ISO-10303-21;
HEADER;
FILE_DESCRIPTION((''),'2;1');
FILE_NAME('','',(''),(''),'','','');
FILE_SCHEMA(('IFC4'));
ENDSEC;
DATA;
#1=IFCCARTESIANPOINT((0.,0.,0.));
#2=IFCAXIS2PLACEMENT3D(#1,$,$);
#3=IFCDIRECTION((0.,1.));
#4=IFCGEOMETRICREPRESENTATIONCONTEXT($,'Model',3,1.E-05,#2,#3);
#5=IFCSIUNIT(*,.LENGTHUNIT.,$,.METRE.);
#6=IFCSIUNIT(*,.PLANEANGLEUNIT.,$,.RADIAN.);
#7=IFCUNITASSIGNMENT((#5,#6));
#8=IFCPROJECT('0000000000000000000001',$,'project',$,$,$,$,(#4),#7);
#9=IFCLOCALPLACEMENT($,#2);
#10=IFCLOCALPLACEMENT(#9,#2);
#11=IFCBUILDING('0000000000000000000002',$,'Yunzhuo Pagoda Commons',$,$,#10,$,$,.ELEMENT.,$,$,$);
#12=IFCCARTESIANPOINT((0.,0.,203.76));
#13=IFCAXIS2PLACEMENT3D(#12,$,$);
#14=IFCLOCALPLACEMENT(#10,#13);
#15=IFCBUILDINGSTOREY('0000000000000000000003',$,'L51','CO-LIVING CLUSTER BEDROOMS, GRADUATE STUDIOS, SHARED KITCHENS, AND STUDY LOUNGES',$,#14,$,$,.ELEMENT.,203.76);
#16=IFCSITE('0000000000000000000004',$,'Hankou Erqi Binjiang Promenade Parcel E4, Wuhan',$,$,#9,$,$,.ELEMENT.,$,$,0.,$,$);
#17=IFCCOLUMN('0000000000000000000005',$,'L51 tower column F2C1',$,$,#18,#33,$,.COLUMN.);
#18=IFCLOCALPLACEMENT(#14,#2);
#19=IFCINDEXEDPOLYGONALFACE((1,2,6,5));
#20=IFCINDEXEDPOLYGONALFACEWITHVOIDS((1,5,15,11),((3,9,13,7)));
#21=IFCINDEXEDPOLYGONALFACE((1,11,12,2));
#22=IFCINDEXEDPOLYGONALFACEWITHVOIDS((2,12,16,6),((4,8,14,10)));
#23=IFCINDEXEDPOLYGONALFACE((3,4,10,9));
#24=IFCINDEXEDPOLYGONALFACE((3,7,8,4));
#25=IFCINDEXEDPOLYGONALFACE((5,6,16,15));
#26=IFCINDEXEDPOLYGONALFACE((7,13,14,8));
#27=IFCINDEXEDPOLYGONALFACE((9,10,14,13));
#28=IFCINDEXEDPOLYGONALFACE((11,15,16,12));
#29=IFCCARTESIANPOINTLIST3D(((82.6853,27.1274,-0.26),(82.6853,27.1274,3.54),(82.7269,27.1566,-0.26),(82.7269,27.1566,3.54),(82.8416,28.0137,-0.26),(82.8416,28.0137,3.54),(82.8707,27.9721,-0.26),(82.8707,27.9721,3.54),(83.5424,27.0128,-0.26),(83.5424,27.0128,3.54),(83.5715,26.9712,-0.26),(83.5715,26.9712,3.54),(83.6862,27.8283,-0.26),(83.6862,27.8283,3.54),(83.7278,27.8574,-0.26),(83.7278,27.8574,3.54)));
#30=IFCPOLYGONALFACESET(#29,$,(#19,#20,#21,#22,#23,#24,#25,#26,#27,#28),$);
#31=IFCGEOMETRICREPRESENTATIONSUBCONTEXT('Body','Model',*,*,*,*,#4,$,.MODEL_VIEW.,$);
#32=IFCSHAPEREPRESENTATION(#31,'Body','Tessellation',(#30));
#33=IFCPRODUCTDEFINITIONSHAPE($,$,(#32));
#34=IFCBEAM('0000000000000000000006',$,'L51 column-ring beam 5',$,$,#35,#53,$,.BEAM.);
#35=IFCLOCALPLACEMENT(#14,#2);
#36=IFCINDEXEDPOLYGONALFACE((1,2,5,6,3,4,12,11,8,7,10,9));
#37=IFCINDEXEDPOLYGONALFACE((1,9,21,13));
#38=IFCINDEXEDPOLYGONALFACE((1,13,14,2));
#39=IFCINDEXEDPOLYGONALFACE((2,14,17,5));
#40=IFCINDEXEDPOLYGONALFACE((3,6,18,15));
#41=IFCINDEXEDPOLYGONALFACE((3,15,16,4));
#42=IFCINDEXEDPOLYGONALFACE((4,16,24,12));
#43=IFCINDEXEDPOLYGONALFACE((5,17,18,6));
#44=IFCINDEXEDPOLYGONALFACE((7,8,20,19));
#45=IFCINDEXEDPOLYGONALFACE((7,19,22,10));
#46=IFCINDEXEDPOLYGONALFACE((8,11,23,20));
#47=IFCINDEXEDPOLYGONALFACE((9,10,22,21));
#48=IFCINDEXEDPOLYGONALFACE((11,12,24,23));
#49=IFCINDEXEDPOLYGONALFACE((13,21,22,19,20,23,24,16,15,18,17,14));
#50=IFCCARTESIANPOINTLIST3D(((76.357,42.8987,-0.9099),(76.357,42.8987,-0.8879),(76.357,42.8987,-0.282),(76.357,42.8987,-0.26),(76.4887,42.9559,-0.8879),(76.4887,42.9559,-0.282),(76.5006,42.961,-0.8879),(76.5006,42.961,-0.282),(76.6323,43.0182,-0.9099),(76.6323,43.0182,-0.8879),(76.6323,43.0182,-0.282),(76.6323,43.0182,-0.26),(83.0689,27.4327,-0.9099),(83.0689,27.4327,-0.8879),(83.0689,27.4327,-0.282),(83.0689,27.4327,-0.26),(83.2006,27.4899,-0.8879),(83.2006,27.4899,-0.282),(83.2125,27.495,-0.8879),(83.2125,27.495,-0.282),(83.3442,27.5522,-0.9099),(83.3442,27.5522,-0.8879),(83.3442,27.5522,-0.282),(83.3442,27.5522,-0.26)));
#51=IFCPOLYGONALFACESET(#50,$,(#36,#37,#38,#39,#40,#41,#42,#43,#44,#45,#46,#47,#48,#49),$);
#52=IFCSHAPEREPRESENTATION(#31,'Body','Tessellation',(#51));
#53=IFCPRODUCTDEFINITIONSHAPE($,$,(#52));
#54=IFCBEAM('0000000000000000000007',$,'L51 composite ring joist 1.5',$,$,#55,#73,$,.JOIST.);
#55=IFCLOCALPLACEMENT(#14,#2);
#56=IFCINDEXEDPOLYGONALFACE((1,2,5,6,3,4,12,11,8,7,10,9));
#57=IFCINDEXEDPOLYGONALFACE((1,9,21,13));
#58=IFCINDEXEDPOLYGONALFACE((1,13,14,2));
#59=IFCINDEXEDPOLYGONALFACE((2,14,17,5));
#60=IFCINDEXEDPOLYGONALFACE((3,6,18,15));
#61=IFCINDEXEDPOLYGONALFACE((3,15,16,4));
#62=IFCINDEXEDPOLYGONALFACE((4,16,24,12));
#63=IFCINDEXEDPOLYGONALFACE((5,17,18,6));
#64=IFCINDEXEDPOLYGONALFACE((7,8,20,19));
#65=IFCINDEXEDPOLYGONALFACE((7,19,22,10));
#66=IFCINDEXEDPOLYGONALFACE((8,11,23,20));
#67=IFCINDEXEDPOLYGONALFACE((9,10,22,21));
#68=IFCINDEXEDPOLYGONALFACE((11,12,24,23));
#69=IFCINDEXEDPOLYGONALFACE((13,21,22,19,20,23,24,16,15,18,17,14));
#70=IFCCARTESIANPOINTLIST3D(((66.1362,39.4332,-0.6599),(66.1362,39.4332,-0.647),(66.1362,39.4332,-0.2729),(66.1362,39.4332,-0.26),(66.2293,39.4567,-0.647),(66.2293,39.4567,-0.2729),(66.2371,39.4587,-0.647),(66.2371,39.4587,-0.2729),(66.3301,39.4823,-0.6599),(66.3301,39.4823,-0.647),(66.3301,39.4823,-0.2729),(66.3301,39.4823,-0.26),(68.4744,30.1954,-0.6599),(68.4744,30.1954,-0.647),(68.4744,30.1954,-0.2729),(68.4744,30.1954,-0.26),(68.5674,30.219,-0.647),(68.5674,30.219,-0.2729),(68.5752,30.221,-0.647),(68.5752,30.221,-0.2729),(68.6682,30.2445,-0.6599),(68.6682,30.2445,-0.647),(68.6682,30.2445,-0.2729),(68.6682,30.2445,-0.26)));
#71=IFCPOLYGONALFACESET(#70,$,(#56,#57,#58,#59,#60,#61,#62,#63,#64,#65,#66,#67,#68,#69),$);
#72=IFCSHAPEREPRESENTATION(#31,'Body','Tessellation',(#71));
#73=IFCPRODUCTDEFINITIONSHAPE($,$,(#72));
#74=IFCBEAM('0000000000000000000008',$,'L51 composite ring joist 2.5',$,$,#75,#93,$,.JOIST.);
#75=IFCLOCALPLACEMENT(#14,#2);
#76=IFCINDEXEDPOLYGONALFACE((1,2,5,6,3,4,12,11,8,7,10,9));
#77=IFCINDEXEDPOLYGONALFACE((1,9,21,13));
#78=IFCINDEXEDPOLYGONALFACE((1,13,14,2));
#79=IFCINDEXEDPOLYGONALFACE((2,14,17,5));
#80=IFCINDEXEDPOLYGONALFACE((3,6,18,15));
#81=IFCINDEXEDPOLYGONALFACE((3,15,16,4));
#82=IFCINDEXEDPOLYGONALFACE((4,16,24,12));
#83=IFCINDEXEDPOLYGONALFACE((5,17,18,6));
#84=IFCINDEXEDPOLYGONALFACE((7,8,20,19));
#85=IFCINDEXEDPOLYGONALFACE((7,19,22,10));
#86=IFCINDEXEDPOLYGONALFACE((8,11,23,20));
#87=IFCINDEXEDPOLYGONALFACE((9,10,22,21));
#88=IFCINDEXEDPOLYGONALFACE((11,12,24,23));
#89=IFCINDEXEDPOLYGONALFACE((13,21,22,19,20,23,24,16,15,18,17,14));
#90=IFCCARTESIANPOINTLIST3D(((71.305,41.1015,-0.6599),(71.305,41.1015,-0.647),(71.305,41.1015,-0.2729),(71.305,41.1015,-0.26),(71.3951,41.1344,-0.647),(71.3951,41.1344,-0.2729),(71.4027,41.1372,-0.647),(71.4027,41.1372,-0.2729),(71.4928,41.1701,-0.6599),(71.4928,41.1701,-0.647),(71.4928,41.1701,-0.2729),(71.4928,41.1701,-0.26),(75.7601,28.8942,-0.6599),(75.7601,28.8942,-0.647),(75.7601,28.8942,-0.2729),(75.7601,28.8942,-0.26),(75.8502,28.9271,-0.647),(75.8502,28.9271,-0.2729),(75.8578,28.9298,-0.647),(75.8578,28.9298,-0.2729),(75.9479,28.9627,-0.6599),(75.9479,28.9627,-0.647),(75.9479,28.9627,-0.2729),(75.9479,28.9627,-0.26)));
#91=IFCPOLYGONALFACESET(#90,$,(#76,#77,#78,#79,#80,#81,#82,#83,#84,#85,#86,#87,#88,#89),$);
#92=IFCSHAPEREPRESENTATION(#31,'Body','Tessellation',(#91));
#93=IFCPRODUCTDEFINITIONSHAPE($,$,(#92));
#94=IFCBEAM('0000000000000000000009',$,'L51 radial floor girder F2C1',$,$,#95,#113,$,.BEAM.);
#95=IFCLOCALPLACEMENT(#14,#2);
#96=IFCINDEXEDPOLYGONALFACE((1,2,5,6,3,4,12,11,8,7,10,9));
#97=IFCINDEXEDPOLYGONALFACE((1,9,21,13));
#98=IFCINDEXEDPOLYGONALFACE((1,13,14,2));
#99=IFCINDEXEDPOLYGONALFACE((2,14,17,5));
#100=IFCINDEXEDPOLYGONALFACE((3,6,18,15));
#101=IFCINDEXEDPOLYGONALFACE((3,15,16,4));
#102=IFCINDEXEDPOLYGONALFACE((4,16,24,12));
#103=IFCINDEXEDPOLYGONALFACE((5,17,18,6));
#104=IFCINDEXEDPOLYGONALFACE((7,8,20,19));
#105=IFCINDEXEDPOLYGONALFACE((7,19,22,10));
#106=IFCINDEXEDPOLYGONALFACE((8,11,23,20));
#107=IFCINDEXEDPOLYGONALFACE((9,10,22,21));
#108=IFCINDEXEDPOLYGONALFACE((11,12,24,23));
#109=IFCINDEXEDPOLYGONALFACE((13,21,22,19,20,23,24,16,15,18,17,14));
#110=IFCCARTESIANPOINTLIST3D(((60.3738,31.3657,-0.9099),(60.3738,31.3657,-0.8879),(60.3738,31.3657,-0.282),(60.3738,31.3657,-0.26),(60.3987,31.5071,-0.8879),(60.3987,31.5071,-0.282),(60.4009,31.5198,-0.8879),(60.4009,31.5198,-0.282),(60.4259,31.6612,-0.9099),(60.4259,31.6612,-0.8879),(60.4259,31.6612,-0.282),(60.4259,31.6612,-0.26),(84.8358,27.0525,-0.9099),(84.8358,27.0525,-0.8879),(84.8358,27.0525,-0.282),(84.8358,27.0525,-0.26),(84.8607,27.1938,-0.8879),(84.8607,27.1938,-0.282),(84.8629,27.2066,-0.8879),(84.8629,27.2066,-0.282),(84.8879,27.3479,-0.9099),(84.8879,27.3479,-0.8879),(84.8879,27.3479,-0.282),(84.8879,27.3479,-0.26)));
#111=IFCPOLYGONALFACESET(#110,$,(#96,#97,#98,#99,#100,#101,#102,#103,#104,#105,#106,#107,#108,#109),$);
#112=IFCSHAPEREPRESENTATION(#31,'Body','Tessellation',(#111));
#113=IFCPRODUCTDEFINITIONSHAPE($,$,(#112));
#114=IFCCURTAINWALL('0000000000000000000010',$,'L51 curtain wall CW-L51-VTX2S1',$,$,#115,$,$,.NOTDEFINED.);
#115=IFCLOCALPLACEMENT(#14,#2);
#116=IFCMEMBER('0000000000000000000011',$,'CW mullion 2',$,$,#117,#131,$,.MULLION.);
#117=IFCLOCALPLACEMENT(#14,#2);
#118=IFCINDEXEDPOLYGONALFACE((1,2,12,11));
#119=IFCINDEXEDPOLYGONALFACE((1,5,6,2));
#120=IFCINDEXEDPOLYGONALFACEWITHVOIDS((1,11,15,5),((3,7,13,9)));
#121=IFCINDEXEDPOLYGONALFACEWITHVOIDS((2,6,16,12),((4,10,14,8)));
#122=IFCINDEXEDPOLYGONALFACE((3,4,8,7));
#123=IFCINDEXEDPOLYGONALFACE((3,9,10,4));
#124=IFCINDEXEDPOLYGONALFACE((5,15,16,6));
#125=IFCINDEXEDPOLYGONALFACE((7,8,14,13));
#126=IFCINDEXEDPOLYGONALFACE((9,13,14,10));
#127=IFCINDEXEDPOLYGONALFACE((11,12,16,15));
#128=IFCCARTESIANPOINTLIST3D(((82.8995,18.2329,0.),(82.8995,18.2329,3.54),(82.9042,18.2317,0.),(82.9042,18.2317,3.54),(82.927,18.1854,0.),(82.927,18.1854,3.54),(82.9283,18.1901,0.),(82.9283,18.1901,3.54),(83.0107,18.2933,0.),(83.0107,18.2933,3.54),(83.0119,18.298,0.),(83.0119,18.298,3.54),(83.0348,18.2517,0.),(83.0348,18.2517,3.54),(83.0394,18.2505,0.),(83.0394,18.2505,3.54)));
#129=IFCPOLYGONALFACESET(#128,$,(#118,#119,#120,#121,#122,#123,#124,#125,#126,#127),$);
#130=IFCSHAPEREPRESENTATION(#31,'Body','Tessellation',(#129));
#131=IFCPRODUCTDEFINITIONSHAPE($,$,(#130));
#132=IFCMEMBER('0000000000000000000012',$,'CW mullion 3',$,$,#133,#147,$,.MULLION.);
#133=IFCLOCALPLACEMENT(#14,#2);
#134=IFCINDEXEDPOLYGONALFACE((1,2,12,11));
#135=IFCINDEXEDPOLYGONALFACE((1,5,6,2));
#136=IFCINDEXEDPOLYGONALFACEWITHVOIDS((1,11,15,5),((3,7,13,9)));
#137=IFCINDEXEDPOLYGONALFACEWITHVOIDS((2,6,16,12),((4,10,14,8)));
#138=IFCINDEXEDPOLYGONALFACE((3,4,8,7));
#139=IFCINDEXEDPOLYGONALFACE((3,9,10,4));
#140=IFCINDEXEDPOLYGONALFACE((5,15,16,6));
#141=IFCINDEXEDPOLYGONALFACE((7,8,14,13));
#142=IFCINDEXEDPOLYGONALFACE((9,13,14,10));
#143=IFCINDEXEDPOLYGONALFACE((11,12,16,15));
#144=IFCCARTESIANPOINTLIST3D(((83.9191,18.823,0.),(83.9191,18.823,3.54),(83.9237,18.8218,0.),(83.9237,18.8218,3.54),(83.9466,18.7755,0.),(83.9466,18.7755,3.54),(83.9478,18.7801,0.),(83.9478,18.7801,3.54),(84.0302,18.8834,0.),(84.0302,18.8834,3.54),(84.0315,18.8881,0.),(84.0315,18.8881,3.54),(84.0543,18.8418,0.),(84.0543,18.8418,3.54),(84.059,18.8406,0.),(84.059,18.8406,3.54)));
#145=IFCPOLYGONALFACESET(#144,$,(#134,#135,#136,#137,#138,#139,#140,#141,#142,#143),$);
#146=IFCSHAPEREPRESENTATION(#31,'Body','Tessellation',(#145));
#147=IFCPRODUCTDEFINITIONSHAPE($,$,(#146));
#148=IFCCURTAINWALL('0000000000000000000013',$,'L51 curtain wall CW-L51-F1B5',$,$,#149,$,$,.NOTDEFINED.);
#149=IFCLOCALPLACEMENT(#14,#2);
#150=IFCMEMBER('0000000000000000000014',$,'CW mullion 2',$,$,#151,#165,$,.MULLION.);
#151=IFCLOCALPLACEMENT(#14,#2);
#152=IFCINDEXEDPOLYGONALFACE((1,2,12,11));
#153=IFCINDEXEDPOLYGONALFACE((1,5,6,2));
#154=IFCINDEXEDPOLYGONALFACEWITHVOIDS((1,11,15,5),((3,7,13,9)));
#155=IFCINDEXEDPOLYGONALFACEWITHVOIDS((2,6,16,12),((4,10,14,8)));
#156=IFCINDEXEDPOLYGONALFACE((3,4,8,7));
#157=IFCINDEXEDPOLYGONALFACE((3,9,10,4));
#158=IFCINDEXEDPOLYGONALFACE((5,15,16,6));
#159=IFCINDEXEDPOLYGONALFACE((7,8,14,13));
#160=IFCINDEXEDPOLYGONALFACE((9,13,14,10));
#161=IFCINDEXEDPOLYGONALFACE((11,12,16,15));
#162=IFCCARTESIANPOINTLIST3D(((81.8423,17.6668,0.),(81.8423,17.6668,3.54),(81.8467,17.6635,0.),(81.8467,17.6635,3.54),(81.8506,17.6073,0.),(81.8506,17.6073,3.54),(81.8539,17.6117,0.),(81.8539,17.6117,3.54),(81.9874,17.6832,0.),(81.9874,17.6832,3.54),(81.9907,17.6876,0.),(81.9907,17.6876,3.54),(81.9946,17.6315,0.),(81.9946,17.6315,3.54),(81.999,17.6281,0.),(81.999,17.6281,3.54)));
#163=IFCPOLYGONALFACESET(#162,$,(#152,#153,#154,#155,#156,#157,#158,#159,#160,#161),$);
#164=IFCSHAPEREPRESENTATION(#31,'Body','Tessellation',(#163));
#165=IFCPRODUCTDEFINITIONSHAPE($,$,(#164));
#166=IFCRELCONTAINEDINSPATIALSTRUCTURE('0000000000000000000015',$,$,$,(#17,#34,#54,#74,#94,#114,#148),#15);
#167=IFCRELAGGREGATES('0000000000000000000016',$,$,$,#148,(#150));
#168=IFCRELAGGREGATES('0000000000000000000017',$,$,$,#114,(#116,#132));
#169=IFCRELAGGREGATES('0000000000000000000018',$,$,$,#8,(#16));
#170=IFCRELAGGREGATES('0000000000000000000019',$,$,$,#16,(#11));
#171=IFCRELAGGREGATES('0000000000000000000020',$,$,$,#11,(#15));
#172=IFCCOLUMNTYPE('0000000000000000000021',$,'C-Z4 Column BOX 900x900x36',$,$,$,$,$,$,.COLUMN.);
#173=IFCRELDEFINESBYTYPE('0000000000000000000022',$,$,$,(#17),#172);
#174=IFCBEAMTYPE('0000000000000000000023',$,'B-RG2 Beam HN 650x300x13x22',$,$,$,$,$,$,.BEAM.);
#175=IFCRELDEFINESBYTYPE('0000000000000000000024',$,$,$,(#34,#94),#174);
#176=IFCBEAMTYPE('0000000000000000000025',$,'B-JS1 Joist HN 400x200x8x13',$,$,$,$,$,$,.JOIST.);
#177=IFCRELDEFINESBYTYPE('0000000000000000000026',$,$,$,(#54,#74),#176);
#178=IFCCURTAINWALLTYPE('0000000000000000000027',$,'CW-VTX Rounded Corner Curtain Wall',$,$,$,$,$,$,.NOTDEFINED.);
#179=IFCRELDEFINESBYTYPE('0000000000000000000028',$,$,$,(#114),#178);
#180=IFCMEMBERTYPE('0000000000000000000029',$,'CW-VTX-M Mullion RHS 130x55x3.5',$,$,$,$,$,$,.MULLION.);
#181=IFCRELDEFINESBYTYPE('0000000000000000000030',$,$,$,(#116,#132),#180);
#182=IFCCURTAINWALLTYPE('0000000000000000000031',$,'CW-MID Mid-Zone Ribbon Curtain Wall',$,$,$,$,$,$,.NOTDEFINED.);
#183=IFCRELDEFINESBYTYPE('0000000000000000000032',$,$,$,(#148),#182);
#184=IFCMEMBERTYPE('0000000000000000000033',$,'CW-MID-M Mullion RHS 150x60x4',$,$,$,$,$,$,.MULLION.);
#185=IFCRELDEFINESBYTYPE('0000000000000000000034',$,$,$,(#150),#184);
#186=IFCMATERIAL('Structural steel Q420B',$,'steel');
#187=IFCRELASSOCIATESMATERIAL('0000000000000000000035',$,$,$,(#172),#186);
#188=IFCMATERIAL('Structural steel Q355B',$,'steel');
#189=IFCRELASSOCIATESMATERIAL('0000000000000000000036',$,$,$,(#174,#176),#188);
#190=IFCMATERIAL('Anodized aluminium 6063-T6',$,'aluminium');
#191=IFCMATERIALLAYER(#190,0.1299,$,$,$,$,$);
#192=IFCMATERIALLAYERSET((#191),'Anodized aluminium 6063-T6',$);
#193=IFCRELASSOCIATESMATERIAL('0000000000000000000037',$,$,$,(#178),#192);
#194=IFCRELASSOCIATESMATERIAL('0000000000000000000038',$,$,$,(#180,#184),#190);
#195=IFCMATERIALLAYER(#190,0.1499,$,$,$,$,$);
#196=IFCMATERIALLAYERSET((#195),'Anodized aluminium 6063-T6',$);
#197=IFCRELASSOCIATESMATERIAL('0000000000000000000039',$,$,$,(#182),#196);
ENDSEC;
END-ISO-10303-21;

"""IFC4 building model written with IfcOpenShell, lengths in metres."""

from ifc_helpers import new_model, si_unit, direction, frame, origin, origin_2d, place, context, subcontext, project, spatial, hollow_rectangle, i_section, extrude, source, transform, mapped, material, layer, layer_set, material_profile, profile_set, type_object, element, aggregate, save


model = new_model("IFC4")

# Units and contexts
model_context = context("Model", 3, precision=1e-05, world=origin(), true_north=direction((0.0, 1.0)))
body_context = subcontext(model_context, "Body", "Model", "MODEL_VIEW")
ifc_project = project(units=[si_unit("LENGTHUNIT", "METRE"), si_unit("PLANEANGLEUNIT", "RADIAN")], contexts=[model_context])

# Site, building, storey
site_placement = place(None, origin())
site = spatial("IfcSite", under=ifc_project, at=site_placement, Name="Hankou Erqi Binjiang Promenade Parcel E4, Wuhan", CompositionType="ELEMENT", RefElevation=0.0)
building_placement = place(site_placement, origin())
building = spatial("IfcBuilding", under=site, at=building_placement, Name="Yunzhuo Pagoda Commons", CompositionType="ELEMENT")
storey_placement = place(building_placement, frame((0.0, 0.0, 203.76)))
storey = spatial("IfcBuildingStorey", under=building, at=storey_placement, Name="L51", Description="CO-LIVING CLUSTER BEDROOMS, GRADUATE STUDIOS, SHARED KITCHENS, AND STUDY LOUNGES", CompositionType="ELEMENT", Elevation=203.76)

# Column
ifc_material_1 = material(Name="Structural steel Q420B", Category="steel")
ifc_material_profile_1 = material_profile(ifc_material_1, hollow_rectangle(XDim=0.8999, YDim=0.8999, WallThickness=0.0359, at=origin_2d()), Name="Structural steel Q420B")
ifc_profile_set_1 = profile_set([ifc_material_profile_1], Name="Structural steel Q420B")
column_type = type_object("IfcColumnType", Name="C-Z4 Column BOX 900x900x36", PredefinedType="COLUMN", material=ifc_profile_set_1)
shared_shape_1 = source(origin(), body_context, "Body", "SweptSolid", [
    extrude(hollow_rectangle(XDim=0.8999, YDim=0.8999, WallThickness=0.0359, at=origin_2d()), origin(), (0.0, 0.0, 1.0), 3.8),
])
column_placement = place(storey_placement, frame((83.2065, 27.4924, -0.26), z_axis=(0.0, 0.0, 1.0), x_axis=(0.173648, 0.984808, 0.0)))
element("IfcColumn", 1, at=column_placement, inside=storey, type_object=column_type, Name="L51 tower column F2C1", PredefinedType="COLUMN", context=body_context, shape_type="MappedRepresentation", body=[
    mapped(shared_shape_1, transform((0.0, 0.0, 0.0), scale=1.0)),
])

# Beams
ifc_material_2 = material(Name="Structural steel Q355B", Category="steel")
ifc_material_profile_2 = material_profile(ifc_material_2, i_section(OverallWidth=0.3, OverallDepth=0.6499, WebThickness=0.0129, FlangeThickness=0.022, at=origin_2d()), Name="Structural steel Q355B")
ifc_profile_set_2 = profile_set([ifc_material_profile_2], Name="Structural steel Q355B")
beam_type_1 = type_object("IfcBeamType", Name="B-RG2 Beam HN 650x300x13x22", PredefinedType="BEAM", material=ifc_profile_set_2)
shared_shape_2 = source(origin(), body_context, "Body", "SweptSolid", [
    extrude(i_section(OverallWidth=0.3, OverallDepth=0.6499, WebThickness=0.0129, FlangeThickness=0.022, at=origin_2d()), origin(), (0.0, 0.0, 1.0), 16.8596),
])
beam_1_placement = place(storey_placement, frame((83.2065, 27.4924, -0.585), z_axis=(-0.398104, 0.91734, 0.0), x_axis=(-0.91734, -0.398104, 0.0)))
element("IfcBeam", 2, at=beam_1_placement, inside=storey, type_object=beam_type_1, Name="L51 column-ring beam 5", PredefinedType="BEAM", context=body_context, shape_type="MappedRepresentation", body=[
    mapped(shared_shape_2, transform((0.0, 0.0, 0.0), scale=1.0)),
])
ifc_material_profile_3 = material_profile(ifc_material_2, i_section(OverallWidth=0.2, OverallDepth=0.3999, WebThickness=0.0081, FlangeThickness=0.0129, at=origin_2d()), Name="Structural steel Q355B")
ifc_profile_set_3 = profile_set([ifc_material_profile_3], Name="Structural steel Q355B")
beam_type_2 = type_object("IfcBeamType", Name="B-JS1 Joist HN 400x200x8x13", PredefinedType="JOIST", material=ifc_profile_set_3)
shared_shape_3 = source(origin(), body_context, "Body", "SweptSolid", [
    extrude(i_section(OverallWidth=0.2, OverallDepth=0.3999, WebThickness=0.0081, FlangeThickness=0.0129, at=origin_2d()), origin(), (0.0, 0.0, 1.0), 9.5291),
])
beam_2_placement = place(storey_placement, frame((68.5713, 30.22, -0.46), z_axis=(-0.245368, 0.96943, 0.0), x_axis=(-0.96943, -0.245368, 0.0)))
element("IfcBeam", 3, at=beam_2_placement, inside=storey, type_object=beam_type_2, Name="L51 composite ring joist 1.5", PredefinedType="JOIST", context=body_context, shape_type="MappedRepresentation", body=[
    mapped(shared_shape_3, transform((0.0, 0.0, 0.0), scale=1.0)),
])
shared_shape_4 = source(origin(), body_context, "Body", "SweptSolid", [
    extrude(i_section(OverallWidth=0.2, OverallDepth=0.3999, WebThickness=0.0081, FlangeThickness=0.0129, at=origin_2d()), origin(), (0.0, 0.0, 1.0), 12.9949),
])
beam_3_placement = place(storey_placement, frame((75.854, 28.9285, -0.46), z_axis=(-0.342835, 0.939396, 0.0), x_axis=(-0.939396, -0.342835, 0.0)))
element("IfcBeam", 4, at=beam_3_placement, inside=storey, type_object=beam_type_2, Name="L51 composite ring joist 2.5", PredefinedType="JOIST", context=body_context, shape_type="MappedRepresentation", body=[
    mapped(shared_shape_4, transform((0.0, 0.0, 0.0), scale=1.0)),
])
shared_shape_5 = source(origin(), body_context, "Body", "SweptSolid", [
    extrude(i_section(OverallWidth=0.3, OverallDepth=0.6499, WebThickness=0.0129, FlangeThickness=0.022, at=origin_2d()), origin(), (0.0, 0.0, 1.0), 24.8394),
])
beam_4_placement = place(storey_placement, frame((84.8618, 27.2002, -0.585), z_axis=(-0.984808, 0.173646, 0.0), x_axis=(-0.173646, -0.984808, 0.0)))
element("IfcBeam", 5, at=beam_4_placement, inside=storey, type_object=beam_type_1, Name="L51 radial floor girder F2C1", PredefinedType="BEAM", context=body_context, shape_type="MappedRepresentation", body=[
    mapped(shared_shape_5, transform((0.0, 0.0, 0.0), scale=1.0)),
])

# Curtain wall, members
ifc_material_3 = material(Name="Anodized aluminium 6063-T6", Category="aluminium")
ifc_layer_1 = layer(ifc_material_3, 0.1299)
ifc_layer_set_1 = layer_set([ifc_layer_1], Name="Anodized aluminium 6063-T6")
curtain_wall_type_1 = type_object("IfcCurtainWallType", Name="CW-VTX Rounded Corner Curtain Wall", PredefinedType="NOTDEFINED", material=ifc_layer_set_1)
curtain_wall_1_placement = place(storey_placement, origin())
curtain_wall_1 = element("IfcCurtainWall", 6, at=curtain_wall_1_placement, inside=storey, type_object=curtain_wall_type_1, Name="L51 curtain wall CW-L51-VTX2S1", PredefinedType="NOTDEFINED")
ifc_material_profile_4 = material_profile(ifc_material_3, hollow_rectangle(XDim=0.0549, YDim=0.1299, WallThickness=0.0034, at=origin_2d()), Name="Anodized aluminium 6063-T6")
ifc_profile_set_4 = profile_set([ifc_material_profile_4], Name="Anodized aluminium 6063-T6")
member_type_1 = type_object("IfcMemberType", Name="CW-VTX-M Mullion RHS 130x55x3.5", PredefinedType="MULLION", material=ifc_profile_set_4)
shared_shape_6 = source(origin(), body_context, "Body", "SweptSolid", [
    extrude(hollow_rectangle(XDim=0.0549, YDim=0.1299, WallThickness=0.0034, at=origin_2d()), origin(), (0.0, 0.0, 1.0), 3.54),
])
member_1_placement = place(storey_placement, frame((82.9695, 18.2417, 0.0), z_axis=(0.0, 0.0, 1.0), x_axis=(-0.501037, 0.865426, 0.0)))
member_1 = element("IfcMember", 7, at=member_1_placement, type_object=member_type_1, Name="CW mullion 2", PredefinedType="MULLION", context=body_context, shape_type="MappedRepresentation", body=[
    mapped(shared_shape_6, transform((0.0, 0.0, 0.0), scale=1.0)),
])
member_2_placement = place(storey_placement, frame((83.989, 18.8318, 0.0), z_axis=(0.0, 0.0, 1.0), x_axis=(-0.501037, 0.865426, 0.0)))
member_2 = element("IfcMember", 8, at=member_2_placement, type_object=member_type_1, Name="CW mullion 3", PredefinedType="MULLION", context=body_context, shape_type="MappedRepresentation", body=[
    mapped(shared_shape_6, transform((0.0, 0.0, 0.0), scale=1.0)),
])

# Curtain wall, member
ifc_layer_2 = layer(ifc_material_3, 0.1499)
ifc_layer_set_2 = layer_set([ifc_layer_2], Name="Anodized aluminium 6063-T6")
curtain_wall_type_2 = type_object("IfcCurtainWallType", Name="CW-MID Mid-Zone Ribbon Curtain Wall", PredefinedType="NOTDEFINED", material=ifc_layer_set_2)
curtain_wall_2_placement = place(storey_placement, origin())
curtain_wall_2 = element("IfcCurtainWall", 9, at=curtain_wall_2_placement, inside=storey, type_object=curtain_wall_type_2, Name="L51 curtain wall CW-L51-F1B5", PredefinedType="NOTDEFINED")
ifc_material_profile_5 = material_profile(ifc_material_3, hollow_rectangle(XDim=0.0601, YDim=0.1499, WallThickness=0.0039, at=origin_2d()), Name="Anodized aluminium 6063-T6")
ifc_profile_set_5 = profile_set([ifc_material_profile_5], Name="Anodized aluminium 6063-T6")
member_type_2 = type_object("IfcMemberType", Name="CW-MID-M Mullion RHS 150x60x4", PredefinedType="MULLION", material=ifc_profile_set_5)
shared_shape_7 = source(origin(), body_context, "Body", "SweptSolid", [
    extrude(hollow_rectangle(XDim=0.0601, YDim=0.1499, WallThickness=0.0039, at=origin_2d()), origin(), (0.0, 0.0, 1.0), 3.54),
])
member_3_placement = place(storey_placement, frame((81.9207, 17.6475, 0.0), z_axis=(0.0, 0.0, 1.0), x_axis=(-0.138819, 0.990318, 0.0)))
member_3 = element("IfcMember", 10, at=member_3_placement, type_object=member_type_2, Name="CW mullion 2", PredefinedType="MULLION", context=body_context, shape_type="MappedRepresentation", body=[
    mapped(shared_shape_7, transform((0.0, 0.0, 0.0), scale=1.0)),
])

aggregate(curtain_wall_2, [member_3])
aggregate(curtain_wall_1, [member_1, member_2])

save(model, "model.ifc")
